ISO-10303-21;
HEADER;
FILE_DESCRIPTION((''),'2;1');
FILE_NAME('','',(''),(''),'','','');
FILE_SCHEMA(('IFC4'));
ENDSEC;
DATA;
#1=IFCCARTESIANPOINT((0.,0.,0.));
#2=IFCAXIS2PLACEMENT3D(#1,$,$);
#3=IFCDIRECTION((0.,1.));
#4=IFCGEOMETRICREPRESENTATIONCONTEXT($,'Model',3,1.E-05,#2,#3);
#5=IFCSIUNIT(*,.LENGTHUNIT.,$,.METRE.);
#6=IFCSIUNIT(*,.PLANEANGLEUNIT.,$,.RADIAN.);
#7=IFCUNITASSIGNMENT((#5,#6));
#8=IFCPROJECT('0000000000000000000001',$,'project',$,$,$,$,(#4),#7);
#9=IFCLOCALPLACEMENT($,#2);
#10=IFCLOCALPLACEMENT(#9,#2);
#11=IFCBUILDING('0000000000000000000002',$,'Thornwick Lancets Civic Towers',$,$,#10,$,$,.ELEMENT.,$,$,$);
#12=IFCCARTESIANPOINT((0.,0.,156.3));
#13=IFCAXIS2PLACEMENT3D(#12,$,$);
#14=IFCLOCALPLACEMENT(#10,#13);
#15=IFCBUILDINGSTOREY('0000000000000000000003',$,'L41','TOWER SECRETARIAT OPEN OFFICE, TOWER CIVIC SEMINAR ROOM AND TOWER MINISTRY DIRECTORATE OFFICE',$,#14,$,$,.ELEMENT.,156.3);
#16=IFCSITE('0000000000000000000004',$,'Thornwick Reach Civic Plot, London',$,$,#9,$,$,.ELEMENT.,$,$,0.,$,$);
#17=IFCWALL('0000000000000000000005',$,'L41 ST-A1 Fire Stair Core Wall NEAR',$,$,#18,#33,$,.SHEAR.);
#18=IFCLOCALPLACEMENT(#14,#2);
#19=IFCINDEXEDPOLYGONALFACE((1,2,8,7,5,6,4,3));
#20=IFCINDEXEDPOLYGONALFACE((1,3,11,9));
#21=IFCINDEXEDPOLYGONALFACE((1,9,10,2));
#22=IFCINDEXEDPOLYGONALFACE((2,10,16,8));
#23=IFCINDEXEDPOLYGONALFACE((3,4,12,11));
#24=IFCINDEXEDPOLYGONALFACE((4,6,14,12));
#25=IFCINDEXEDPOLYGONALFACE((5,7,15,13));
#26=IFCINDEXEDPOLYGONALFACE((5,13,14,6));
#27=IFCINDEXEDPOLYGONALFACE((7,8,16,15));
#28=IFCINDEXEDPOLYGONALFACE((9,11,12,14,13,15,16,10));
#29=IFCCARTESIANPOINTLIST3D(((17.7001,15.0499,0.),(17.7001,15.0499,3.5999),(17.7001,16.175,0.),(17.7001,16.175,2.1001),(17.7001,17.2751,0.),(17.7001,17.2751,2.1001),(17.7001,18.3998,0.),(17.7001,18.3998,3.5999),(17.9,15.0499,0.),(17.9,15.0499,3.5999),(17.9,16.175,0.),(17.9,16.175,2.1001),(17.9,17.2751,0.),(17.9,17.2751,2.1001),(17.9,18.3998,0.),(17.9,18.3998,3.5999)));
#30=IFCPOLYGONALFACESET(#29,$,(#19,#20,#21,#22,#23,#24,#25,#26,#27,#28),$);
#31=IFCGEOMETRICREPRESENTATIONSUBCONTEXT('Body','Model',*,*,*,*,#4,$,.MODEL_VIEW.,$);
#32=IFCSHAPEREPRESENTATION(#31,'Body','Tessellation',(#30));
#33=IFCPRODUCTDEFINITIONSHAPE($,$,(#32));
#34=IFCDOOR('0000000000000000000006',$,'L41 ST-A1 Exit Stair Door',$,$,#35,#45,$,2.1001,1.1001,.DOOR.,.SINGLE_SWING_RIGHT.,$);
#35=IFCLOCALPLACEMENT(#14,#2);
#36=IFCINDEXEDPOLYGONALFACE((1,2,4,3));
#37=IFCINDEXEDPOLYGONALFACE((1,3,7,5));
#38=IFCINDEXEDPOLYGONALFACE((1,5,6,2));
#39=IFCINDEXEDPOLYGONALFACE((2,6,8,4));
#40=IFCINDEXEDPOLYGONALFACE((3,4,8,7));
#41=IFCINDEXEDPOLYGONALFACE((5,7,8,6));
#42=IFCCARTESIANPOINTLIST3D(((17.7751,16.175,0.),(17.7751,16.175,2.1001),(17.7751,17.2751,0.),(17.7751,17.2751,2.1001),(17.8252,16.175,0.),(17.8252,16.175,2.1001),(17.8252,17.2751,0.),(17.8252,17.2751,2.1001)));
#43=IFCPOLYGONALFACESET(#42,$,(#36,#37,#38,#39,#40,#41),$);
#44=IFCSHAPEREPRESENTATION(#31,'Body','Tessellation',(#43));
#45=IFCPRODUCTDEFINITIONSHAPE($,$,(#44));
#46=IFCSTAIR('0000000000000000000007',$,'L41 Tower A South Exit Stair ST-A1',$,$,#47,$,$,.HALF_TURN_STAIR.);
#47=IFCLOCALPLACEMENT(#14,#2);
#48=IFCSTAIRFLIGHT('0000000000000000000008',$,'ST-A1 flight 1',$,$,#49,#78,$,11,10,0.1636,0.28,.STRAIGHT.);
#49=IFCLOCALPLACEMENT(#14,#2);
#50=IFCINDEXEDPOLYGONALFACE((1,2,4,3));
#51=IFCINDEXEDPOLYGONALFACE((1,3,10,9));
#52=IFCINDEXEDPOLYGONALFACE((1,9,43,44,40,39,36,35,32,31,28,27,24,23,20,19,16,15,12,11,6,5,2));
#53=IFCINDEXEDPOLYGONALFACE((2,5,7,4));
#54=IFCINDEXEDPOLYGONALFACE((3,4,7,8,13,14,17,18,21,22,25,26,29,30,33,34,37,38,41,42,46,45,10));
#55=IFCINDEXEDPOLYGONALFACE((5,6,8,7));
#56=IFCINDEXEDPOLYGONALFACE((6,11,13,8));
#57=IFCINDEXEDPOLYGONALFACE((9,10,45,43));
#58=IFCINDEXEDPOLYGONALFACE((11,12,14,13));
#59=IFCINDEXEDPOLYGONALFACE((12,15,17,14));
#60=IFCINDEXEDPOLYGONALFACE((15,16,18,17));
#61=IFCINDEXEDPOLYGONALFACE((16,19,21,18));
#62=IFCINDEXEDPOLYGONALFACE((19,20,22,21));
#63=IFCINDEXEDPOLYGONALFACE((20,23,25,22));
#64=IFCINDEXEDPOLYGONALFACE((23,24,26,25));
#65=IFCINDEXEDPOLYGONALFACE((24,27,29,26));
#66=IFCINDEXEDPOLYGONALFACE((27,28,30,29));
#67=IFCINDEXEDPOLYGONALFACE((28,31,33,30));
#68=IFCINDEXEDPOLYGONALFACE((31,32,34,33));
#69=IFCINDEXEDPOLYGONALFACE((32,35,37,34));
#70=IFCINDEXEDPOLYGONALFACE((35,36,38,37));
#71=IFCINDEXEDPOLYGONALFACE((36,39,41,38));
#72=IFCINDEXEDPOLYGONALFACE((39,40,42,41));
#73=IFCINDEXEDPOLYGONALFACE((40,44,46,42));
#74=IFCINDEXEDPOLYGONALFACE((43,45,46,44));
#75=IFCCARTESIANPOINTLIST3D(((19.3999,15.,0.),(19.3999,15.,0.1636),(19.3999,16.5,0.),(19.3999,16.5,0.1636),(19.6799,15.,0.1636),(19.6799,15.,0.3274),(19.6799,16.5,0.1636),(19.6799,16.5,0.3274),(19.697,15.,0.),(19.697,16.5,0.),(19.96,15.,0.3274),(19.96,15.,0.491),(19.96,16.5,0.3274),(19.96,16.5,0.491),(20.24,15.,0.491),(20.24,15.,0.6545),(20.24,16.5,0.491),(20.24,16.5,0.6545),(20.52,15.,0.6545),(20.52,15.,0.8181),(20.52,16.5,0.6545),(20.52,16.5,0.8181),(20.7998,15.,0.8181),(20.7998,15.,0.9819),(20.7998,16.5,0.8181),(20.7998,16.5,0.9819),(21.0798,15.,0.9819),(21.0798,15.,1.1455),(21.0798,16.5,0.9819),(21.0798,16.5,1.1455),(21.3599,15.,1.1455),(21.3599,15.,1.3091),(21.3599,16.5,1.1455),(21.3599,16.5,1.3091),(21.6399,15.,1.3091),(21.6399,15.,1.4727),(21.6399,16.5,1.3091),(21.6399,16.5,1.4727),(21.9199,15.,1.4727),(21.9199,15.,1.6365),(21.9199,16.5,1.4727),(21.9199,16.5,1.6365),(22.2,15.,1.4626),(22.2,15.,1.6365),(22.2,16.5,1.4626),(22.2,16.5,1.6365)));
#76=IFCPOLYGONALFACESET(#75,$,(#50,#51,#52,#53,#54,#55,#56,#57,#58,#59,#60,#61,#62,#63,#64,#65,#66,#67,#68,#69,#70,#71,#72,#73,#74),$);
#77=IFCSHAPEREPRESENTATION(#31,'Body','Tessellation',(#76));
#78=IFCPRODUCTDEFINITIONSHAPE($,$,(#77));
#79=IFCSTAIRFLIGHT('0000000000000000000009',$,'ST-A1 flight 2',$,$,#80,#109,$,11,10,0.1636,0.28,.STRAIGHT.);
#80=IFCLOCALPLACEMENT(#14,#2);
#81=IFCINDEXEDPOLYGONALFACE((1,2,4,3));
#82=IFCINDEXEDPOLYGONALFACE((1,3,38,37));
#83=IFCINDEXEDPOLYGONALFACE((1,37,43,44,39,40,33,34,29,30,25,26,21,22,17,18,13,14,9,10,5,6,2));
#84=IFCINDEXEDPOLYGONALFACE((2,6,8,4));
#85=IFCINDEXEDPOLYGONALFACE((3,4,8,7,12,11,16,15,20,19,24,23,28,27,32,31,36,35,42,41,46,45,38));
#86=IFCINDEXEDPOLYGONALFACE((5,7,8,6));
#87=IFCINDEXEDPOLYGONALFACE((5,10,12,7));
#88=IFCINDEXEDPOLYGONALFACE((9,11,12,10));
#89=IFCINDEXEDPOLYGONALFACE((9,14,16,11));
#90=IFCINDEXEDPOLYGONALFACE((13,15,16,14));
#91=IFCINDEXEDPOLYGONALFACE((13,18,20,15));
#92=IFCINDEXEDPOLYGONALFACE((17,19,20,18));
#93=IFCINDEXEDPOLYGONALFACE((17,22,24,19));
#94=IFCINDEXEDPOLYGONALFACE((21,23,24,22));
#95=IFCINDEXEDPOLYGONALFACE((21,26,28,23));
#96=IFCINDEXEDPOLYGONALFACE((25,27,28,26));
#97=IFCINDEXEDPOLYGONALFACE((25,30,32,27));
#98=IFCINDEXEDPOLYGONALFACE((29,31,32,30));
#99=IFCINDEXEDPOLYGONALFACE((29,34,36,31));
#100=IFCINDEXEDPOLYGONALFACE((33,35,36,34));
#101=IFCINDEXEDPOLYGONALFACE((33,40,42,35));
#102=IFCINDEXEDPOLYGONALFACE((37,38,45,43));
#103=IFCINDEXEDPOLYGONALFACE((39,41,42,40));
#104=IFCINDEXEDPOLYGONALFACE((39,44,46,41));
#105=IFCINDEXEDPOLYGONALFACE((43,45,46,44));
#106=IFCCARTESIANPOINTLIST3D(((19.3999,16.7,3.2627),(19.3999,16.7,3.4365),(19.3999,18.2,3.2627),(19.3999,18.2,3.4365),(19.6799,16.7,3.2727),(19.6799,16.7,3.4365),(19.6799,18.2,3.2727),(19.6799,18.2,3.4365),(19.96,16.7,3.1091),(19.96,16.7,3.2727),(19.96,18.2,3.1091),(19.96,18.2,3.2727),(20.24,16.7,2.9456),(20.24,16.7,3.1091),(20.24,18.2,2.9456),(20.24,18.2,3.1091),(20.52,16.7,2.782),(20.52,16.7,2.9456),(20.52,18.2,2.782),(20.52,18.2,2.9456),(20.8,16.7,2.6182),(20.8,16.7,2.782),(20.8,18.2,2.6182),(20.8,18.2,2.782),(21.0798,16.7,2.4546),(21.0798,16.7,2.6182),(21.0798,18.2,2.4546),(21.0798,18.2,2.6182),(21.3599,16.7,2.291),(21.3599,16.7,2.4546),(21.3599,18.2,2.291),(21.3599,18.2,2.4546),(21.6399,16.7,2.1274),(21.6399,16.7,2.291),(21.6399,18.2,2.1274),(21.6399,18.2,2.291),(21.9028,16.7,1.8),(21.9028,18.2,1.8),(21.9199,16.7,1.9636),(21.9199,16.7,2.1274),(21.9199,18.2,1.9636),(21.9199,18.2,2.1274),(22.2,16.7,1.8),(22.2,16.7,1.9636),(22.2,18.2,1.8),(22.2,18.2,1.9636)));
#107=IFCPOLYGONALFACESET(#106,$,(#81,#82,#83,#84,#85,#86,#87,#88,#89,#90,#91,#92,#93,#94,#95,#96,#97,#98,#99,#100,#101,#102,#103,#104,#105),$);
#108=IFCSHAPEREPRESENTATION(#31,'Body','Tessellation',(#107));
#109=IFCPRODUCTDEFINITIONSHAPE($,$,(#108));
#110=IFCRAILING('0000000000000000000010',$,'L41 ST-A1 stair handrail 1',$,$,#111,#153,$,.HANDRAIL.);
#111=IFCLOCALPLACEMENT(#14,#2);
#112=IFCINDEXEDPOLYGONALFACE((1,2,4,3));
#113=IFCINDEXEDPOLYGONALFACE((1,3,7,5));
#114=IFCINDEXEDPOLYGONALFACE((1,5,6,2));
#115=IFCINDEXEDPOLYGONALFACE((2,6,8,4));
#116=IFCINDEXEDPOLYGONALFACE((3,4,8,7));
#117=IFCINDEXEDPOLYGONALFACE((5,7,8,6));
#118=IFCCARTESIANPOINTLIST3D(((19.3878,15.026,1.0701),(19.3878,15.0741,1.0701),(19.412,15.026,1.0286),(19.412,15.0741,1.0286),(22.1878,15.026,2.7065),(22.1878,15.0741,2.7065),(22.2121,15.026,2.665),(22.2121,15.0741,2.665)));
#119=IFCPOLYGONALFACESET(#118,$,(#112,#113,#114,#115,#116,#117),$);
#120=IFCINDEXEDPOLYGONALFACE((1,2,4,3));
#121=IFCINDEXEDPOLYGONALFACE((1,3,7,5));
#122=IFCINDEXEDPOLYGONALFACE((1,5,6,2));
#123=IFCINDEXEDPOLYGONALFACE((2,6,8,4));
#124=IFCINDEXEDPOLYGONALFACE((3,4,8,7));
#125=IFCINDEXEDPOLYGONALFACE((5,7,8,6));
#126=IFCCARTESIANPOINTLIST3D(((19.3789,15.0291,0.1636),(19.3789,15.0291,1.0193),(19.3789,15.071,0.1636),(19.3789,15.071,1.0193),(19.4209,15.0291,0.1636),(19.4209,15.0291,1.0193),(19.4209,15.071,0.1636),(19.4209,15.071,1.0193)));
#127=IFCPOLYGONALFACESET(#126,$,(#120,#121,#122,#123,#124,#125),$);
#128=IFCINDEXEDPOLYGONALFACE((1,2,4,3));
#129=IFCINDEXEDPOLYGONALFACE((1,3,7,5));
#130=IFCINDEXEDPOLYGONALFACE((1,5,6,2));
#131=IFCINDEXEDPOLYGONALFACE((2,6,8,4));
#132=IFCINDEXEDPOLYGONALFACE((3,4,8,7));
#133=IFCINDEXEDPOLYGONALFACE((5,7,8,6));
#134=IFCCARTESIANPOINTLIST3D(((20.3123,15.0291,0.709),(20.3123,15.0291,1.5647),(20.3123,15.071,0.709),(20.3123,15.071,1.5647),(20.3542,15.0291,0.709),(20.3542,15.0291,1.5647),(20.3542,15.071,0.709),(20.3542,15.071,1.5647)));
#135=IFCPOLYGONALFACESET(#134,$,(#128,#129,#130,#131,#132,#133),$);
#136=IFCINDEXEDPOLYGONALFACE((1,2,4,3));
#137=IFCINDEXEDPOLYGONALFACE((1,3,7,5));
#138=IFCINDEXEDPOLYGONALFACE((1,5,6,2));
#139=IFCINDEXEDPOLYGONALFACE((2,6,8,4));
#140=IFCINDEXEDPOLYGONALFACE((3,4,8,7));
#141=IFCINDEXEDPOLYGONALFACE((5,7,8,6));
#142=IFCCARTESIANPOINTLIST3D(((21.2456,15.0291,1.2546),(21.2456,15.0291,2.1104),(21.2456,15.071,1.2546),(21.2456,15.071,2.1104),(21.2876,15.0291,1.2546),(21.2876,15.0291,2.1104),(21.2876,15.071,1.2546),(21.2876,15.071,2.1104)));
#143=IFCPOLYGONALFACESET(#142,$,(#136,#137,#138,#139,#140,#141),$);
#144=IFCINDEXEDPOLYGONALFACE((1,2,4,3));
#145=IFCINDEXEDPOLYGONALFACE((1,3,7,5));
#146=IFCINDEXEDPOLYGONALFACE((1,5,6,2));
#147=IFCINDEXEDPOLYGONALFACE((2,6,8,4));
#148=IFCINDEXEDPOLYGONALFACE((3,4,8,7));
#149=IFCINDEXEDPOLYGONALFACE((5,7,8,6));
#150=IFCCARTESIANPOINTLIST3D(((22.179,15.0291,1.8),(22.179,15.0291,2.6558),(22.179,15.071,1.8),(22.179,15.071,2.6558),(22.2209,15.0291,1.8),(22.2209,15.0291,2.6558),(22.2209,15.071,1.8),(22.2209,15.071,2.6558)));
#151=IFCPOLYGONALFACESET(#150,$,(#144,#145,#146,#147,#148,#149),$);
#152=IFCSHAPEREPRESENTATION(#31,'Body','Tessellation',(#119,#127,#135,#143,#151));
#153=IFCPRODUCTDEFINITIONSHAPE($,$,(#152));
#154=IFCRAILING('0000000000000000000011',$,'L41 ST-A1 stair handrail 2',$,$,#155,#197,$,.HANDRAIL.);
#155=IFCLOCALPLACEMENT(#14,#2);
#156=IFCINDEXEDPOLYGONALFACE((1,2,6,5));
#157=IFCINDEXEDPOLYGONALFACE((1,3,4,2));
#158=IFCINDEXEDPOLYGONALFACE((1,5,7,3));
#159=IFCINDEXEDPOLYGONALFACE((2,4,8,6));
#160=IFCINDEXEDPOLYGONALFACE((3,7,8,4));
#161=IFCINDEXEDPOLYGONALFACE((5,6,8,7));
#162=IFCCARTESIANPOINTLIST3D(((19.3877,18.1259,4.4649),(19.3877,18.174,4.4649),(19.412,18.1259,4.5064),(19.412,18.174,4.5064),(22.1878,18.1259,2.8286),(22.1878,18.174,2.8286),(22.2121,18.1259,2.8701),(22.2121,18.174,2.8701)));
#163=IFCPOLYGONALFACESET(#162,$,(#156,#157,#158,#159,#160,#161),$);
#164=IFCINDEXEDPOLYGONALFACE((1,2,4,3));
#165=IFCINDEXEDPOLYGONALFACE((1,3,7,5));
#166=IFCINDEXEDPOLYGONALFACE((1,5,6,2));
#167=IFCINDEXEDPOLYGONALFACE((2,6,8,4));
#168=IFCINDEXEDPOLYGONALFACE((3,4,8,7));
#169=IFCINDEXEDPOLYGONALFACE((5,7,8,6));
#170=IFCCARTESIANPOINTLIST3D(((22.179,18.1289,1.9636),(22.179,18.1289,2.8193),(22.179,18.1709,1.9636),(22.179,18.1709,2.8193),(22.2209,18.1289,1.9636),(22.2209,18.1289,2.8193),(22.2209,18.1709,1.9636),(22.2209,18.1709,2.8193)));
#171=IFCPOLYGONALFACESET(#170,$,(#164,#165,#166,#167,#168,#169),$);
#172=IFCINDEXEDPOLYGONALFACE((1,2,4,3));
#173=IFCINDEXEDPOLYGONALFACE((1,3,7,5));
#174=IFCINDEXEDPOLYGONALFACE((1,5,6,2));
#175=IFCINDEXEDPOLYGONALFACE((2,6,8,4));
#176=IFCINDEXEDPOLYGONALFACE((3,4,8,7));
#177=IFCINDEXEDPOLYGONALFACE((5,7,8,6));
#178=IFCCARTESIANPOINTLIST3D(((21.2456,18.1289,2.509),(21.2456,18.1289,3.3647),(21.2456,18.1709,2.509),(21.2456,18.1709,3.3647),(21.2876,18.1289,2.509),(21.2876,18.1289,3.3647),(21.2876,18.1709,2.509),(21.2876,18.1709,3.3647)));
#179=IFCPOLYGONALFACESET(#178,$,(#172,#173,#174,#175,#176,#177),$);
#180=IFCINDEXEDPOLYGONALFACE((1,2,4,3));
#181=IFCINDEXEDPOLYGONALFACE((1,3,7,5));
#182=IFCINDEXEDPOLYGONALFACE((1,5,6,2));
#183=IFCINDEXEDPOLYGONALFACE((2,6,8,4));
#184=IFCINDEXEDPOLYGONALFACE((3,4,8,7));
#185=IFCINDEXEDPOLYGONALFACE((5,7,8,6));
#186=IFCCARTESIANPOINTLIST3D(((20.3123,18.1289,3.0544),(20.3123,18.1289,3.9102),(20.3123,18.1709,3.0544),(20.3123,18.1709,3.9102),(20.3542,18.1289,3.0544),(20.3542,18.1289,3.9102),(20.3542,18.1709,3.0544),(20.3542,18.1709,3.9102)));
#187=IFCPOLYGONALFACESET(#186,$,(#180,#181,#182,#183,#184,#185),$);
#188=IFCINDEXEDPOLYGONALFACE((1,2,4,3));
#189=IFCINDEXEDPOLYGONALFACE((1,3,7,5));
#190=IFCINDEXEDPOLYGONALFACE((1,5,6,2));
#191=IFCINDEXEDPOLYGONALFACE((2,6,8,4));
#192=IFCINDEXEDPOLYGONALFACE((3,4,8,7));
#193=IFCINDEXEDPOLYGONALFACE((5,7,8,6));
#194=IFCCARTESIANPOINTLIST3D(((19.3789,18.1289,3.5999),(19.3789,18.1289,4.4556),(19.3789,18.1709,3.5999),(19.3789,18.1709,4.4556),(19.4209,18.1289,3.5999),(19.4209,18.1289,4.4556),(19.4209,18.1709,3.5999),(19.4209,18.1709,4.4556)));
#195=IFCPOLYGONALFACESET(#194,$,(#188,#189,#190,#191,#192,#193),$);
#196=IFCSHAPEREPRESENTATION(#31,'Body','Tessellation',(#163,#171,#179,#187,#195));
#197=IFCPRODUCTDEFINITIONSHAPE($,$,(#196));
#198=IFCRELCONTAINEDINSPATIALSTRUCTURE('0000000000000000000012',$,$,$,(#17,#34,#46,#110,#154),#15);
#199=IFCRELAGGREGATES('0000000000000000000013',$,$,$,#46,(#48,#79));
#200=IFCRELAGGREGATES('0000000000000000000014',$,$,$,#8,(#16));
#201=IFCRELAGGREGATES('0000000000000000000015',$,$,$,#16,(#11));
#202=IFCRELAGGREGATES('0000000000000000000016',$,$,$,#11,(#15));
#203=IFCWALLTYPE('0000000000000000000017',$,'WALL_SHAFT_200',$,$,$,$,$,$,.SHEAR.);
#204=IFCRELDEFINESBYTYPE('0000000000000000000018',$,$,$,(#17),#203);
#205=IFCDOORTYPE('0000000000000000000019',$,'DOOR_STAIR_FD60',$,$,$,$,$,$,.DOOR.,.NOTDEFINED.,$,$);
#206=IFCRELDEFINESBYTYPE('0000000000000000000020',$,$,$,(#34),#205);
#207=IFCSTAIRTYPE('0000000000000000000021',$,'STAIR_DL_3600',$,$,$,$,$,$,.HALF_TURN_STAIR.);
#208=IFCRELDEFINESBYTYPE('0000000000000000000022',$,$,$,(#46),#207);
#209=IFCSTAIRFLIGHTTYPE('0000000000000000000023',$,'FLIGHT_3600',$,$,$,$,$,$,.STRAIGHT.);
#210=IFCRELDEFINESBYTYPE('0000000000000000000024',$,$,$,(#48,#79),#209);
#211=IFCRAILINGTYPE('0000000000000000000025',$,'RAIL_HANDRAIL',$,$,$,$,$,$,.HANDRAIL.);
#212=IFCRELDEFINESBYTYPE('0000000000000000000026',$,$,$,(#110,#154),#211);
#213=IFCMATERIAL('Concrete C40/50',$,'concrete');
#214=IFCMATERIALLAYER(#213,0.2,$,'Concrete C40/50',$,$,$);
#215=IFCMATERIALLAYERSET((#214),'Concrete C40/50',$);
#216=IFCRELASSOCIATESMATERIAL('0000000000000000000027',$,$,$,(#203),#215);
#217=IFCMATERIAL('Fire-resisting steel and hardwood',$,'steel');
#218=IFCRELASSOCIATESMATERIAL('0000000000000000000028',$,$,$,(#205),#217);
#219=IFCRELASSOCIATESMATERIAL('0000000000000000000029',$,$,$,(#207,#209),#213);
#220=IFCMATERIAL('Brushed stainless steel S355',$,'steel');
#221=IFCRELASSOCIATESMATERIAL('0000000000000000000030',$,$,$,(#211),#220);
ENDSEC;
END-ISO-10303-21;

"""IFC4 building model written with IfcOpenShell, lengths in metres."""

from ifc_helpers import new_model, si_unit, direction, frame, frame_2d, origin, origin_2d, place, context, subcontext, project, spatial, polyline, rectangle, outline, extrude, material, layer, layer_set, type_object, element, fill, aggregate, save


model = new_model("IFC4")

# Units and contexts
model_context = context("Model", 3, precision=1e-05, world=origin(), true_north=direction((0.0, 1.0)))
body_context = subcontext(model_context, "Body", "Model", "MODEL_VIEW")
ifc_project = project(units=[si_unit("LENGTHUNIT", "METRE"), si_unit("PLANEANGLEUNIT", "RADIAN")], contexts=[model_context])

# Site, building, storey
site_placement = place(None, origin())
site = spatial("IfcSite", under=ifc_project, at=site_placement, Name="Thornwick Reach Civic Plot, London", CompositionType="ELEMENT", RefElevation=0.0)
building_placement = place(site_placement, origin())
building = spatial("IfcBuilding", under=site, at=building_placement, Name="Thornwick Lancets Civic Towers", CompositionType="ELEMENT")
storey_placement = place(building_placement, frame((0.0, 0.0, 156.3)))
storey = spatial("IfcBuildingStorey", under=building, at=storey_placement, Name="L41", Description="TOWER SECRETARIAT OPEN OFFICE, TOWER CIVIC SEMINAR ROOM AND TOWER MINISTRY DIRECTORATE OFFICE", CompositionType="ELEMENT", Elevation=156.3)

# Wall, opening, door
ifc_material_1 = material(Name="Concrete C40/50", Category="concrete")
ifc_layer_1 = layer(ifc_material_1, 0.2, Name="Concrete C40/50")
ifc_layer_set_1 = layer_set([ifc_layer_1], Name="Concrete C40/50")
wall_type_1 = type_object("IfcWallType", Name="WALL_SHAFT_200", PredefinedType="SHEAR", material=ifc_layer_set_1)
wall_1_placement = place(storey_placement, frame((17.8, 15.05, 0.0), z_axis=(0.0, 0.0, 1.0), x_axis=(0.0, 1.0, 0.0)))
wall_1 = element("IfcWall", 1, at=wall_1_placement, inside=storey, type_object=wall_type_1, Name="L41 ST-A1 Fire Stair Core Wall NEAR", PredefinedType="SHEAR", context=body_context, shape_type="SweptSolid", body=[
    extrude(rectangle(XDim=3.3499, YDim=0.2, at=frame_2d((1.6748, 0.0))), origin(), (0.0, 0.0, 1.0), 3.5999),
])
opening_1_placement = place(wall_1_placement, frame((1.125, 0.0, 0.0)))
opening_1 = element("IfcOpeningElement", 2, at=opening_1_placement, cuts=wall_1, PredefinedType="OPENING", context=body_context, shape_type="SweptSolid", body=[
    extrude(rectangle(XDim=1.1001, YDim=2.1001, at=frame_2d((0.55, 1.05))), frame((0.0, 0.1099, 0.0), z_axis=(0.0, -1.0, 0.0), x_axis=(1.0, 0.0, 0.0)), (0.0, 0.0, 1.0), 0.22),
])
ifc_material_2 = material(Name="Fire-resisting steel and hardwood", Category="steel")
door_type_1 = type_object("IfcDoorType", Name="DOOR_STAIR_FD60", OperationType="NOTDEFINED", PredefinedType="DOOR", material=ifc_material_2)
door_1_placement = place(opening_1_placement, origin())
door_1 = element("IfcDoor", 3, at=door_1_placement, inside=storey, type_object=door_type_1, Name="L41 ST-A1 Exit Stair Door", OperationType="SINGLE_SWING_RIGHT", OverallHeight=2.1001, OverallWidth=1.1001, PredefinedType="DOOR", context=body_context, shape_type="SweptSolid", body=[
    extrude(rectangle(XDim=1.1001, YDim=2.1001, at=frame_2d((0.55, 1.05))), frame((0.0, 0.0249, 0.0), z_axis=(0.0, -1.0, 0.0), x_axis=(1.0, 0.0, 0.0)), (0.0, 0.0, 1.0), 0.05),
])
fill(opening_1, door_1)

# Stair, stair flights
stair_type = type_object("IfcStairType", Name="STAIR_DL_3600", PredefinedType="HALF_TURN_STAIR", material=ifc_material_1)
stair_placement = place(storey_placement, origin())
stair = element("IfcStair", 4, at=stair_placement, inside=storey, type_object=stair_type, Name="L41 Tower A South Exit Stair ST-A1", PredefinedType="HALF_TURN_STAIR")
stair_flight_type = type_object("IfcStairFlightType", Name="FLIGHT_3600", PredefinedType="STRAIGHT", material=ifc_material_1)
stair_flight_1_placement = place(storey_placement, frame((19.3999, 15.75, 0.0), z_axis=(0.0, 0.0, 1.0), x_axis=(1.0, 0.0, 0.0)))
stair_flight_1 = element("IfcStairFlight", 5, at=stair_flight_1_placement, type_object=stair_flight_type, Name="ST-A1 flight 1", NumberOfRisers=11, NumberOfTreads=10, PredefinedType="STRAIGHT", RiserHeight=0.1636, TreadLength=0.28, context=body_context, shape_type="SweptSolid", body=[
    extrude(outline(polyline([(0.0, 0.0), (0.0, 0.1636), (0.28, 0.1636), (0.28, 0.3274), (0.5601, 0.3274), (0.5601, 0.491), (0.8401, 0.491), (0.8401, 0.6545), (1.1201, 0.6545), (1.1201, 0.8181), (1.3999, 0.8181), (1.3999, 0.9819), (1.6799, 0.9819), (1.6799, 1.1455), (1.96, 1.1455), (1.96, 1.3091), (2.24, 1.3091), (2.24, 1.4727), (2.52, 1.4727), (2.52, 1.6365), (2.8, 1.6365), (2.8, 1.8), (2.8, 1.4626), (0.2971, 0.0), (0.0, 0.0)])), frame((0.0, 0.75, 0.0), z_axis=(0.0, -1.0, 0.0), x_axis=(1.0, 0.0, 0.0)), (0.0, 0.0, 1.0), 1.5),
])
stair_flight_2_placement = place(storey_placement, frame((22.2, 17.45, 1.8), z_axis=(0.0, 0.0, 1.0), x_axis=(-1.0, 0.0, 0.0)))
stair_flight_2 = element("IfcStairFlight", 6, at=stair_flight_2_placement, type_object=stair_flight_type, Name="ST-A1 flight 2", NumberOfRisers=11, NumberOfTreads=10, PredefinedType="STRAIGHT", RiserHeight=0.1636, TreadLength=0.28, context=body_context, shape_type="SweptSolid", body=[
    extrude(outline(polyline([(0.0, 0.0), (0.0, 0.1636), (0.28, 0.1636), (0.28, 0.3274), (0.5601, 0.3274), (0.5601, 0.491), (0.8401, 0.491), (0.8401, 0.6545), (1.1201, 0.6545), (1.1201, 0.8181), (1.3999, 0.8181), (1.3999, 0.9819), (1.6799, 0.9819), (1.6799, 1.1455), (1.96, 1.1455), (1.96, 1.3091), (2.24, 1.3091), (2.24, 1.4727), (2.52, 1.4727), (2.52, 1.6365), (2.8, 1.6365), (2.8, 1.8), (2.8, 1.4626), (0.2971, 0.0), (0.0, 0.0)])), frame((0.0, 0.75, 0.0), z_axis=(0.0, -1.0, 0.0), x_axis=(1.0, 0.0, 0.0)), (0.0, 0.0, 1.0), 1.5),
])
aggregate(stair, [stair_flight_1, stair_flight_2])

# Railings
ifc_material_3 = material(Name="Brushed stainless steel S355", Category="steel")
railing_type_1 = type_object("IfcRailingType", Name="RAIL_HANDRAIL", PredefinedType="HANDRAIL", material=ifc_material_3)
railing_1_placement = place(storey_placement, frame((19.3999, 15.05, 0.1636)))
element("IfcRailing", 7, at=railing_1_placement, inside=storey, type_object=railing_type_1, Name="L41 ST-A1 stair handrail 1", PredefinedType="HANDRAIL", context=body_context, shape_type="SweptSolid", body=[
    extrude(rectangle(XDim=0.0481, YDim=0.0481, at=origin_2d()), frame((0.0, 0.0, 0.8857), z_axis=(0.863361, 0.0, 0.504587), x_axis=(0.0, 1.0, 0.0)), (0.0, 0.0, 1.0), 3.2432),
    extrude(rectangle(XDim=0.042, YDim=0.042, at=origin_2d()), origin(), (0.0, 0.0, 1.0), 0.8557),
    extrude(rectangle(XDim=0.042, YDim=0.042, at=origin_2d()), frame((0.9333, 0.0, 0.5454)), (0.0, 0.0, 1.0), 0.8557),
    extrude(rectangle(XDim=0.042, YDim=0.042, at=origin_2d()), frame((1.8667, 0.0, 1.0911)), (0.0, 0.0, 1.0), 0.8557),
    extrude(rectangle(XDim=0.042, YDim=0.042, at=origin_2d()), frame((2.8, 0.0, 1.6365)), (0.0, 0.0, 1.0), 0.8557),
])
railing_2_placement = place(storey_placement, frame((22.2, 18.1499, 1.9636)))
element("IfcRailing", 8, at=railing_2_placement, inside=storey, type_object=railing_type_1, Name="L41 ST-A1 stair handrail 2", PredefinedType="HANDRAIL", context=body_context, shape_type="SweptSolid", body=[
    extrude(rectangle(XDim=0.0481, YDim=0.0481, at=origin_2d()), frame((0.0, 0.0, 0.8857), z_axis=(-0.863394, 0.0, 0.504531), x_axis=(0.0, -1.0, 0.0)), (0.0, 0.0, 1.0), 3.2432),
    extrude(rectangle(XDim=0.042, YDim=0.042, at=origin_2d()), origin(), (0.0, 0.0, 1.0), 0.8557),
    extrude(rectangle(XDim=0.042, YDim=0.042, at=origin_2d()), frame((-0.9333, 0.0, 0.5454)), (0.0, 0.0, 1.0), 0.8557),
    extrude(rectangle(XDim=0.042, YDim=0.042, at=origin_2d()), frame((-1.8667, 0.0, 1.0908)), (0.0, 0.0, 1.0), 0.8557),
    extrude(rectangle(XDim=0.042, YDim=0.042, at=origin_2d()), frame((-2.8, 0.0, 1.6362)), (0.0, 0.0, 1.0), 0.8557),
])

save(model, "model.ifc")
